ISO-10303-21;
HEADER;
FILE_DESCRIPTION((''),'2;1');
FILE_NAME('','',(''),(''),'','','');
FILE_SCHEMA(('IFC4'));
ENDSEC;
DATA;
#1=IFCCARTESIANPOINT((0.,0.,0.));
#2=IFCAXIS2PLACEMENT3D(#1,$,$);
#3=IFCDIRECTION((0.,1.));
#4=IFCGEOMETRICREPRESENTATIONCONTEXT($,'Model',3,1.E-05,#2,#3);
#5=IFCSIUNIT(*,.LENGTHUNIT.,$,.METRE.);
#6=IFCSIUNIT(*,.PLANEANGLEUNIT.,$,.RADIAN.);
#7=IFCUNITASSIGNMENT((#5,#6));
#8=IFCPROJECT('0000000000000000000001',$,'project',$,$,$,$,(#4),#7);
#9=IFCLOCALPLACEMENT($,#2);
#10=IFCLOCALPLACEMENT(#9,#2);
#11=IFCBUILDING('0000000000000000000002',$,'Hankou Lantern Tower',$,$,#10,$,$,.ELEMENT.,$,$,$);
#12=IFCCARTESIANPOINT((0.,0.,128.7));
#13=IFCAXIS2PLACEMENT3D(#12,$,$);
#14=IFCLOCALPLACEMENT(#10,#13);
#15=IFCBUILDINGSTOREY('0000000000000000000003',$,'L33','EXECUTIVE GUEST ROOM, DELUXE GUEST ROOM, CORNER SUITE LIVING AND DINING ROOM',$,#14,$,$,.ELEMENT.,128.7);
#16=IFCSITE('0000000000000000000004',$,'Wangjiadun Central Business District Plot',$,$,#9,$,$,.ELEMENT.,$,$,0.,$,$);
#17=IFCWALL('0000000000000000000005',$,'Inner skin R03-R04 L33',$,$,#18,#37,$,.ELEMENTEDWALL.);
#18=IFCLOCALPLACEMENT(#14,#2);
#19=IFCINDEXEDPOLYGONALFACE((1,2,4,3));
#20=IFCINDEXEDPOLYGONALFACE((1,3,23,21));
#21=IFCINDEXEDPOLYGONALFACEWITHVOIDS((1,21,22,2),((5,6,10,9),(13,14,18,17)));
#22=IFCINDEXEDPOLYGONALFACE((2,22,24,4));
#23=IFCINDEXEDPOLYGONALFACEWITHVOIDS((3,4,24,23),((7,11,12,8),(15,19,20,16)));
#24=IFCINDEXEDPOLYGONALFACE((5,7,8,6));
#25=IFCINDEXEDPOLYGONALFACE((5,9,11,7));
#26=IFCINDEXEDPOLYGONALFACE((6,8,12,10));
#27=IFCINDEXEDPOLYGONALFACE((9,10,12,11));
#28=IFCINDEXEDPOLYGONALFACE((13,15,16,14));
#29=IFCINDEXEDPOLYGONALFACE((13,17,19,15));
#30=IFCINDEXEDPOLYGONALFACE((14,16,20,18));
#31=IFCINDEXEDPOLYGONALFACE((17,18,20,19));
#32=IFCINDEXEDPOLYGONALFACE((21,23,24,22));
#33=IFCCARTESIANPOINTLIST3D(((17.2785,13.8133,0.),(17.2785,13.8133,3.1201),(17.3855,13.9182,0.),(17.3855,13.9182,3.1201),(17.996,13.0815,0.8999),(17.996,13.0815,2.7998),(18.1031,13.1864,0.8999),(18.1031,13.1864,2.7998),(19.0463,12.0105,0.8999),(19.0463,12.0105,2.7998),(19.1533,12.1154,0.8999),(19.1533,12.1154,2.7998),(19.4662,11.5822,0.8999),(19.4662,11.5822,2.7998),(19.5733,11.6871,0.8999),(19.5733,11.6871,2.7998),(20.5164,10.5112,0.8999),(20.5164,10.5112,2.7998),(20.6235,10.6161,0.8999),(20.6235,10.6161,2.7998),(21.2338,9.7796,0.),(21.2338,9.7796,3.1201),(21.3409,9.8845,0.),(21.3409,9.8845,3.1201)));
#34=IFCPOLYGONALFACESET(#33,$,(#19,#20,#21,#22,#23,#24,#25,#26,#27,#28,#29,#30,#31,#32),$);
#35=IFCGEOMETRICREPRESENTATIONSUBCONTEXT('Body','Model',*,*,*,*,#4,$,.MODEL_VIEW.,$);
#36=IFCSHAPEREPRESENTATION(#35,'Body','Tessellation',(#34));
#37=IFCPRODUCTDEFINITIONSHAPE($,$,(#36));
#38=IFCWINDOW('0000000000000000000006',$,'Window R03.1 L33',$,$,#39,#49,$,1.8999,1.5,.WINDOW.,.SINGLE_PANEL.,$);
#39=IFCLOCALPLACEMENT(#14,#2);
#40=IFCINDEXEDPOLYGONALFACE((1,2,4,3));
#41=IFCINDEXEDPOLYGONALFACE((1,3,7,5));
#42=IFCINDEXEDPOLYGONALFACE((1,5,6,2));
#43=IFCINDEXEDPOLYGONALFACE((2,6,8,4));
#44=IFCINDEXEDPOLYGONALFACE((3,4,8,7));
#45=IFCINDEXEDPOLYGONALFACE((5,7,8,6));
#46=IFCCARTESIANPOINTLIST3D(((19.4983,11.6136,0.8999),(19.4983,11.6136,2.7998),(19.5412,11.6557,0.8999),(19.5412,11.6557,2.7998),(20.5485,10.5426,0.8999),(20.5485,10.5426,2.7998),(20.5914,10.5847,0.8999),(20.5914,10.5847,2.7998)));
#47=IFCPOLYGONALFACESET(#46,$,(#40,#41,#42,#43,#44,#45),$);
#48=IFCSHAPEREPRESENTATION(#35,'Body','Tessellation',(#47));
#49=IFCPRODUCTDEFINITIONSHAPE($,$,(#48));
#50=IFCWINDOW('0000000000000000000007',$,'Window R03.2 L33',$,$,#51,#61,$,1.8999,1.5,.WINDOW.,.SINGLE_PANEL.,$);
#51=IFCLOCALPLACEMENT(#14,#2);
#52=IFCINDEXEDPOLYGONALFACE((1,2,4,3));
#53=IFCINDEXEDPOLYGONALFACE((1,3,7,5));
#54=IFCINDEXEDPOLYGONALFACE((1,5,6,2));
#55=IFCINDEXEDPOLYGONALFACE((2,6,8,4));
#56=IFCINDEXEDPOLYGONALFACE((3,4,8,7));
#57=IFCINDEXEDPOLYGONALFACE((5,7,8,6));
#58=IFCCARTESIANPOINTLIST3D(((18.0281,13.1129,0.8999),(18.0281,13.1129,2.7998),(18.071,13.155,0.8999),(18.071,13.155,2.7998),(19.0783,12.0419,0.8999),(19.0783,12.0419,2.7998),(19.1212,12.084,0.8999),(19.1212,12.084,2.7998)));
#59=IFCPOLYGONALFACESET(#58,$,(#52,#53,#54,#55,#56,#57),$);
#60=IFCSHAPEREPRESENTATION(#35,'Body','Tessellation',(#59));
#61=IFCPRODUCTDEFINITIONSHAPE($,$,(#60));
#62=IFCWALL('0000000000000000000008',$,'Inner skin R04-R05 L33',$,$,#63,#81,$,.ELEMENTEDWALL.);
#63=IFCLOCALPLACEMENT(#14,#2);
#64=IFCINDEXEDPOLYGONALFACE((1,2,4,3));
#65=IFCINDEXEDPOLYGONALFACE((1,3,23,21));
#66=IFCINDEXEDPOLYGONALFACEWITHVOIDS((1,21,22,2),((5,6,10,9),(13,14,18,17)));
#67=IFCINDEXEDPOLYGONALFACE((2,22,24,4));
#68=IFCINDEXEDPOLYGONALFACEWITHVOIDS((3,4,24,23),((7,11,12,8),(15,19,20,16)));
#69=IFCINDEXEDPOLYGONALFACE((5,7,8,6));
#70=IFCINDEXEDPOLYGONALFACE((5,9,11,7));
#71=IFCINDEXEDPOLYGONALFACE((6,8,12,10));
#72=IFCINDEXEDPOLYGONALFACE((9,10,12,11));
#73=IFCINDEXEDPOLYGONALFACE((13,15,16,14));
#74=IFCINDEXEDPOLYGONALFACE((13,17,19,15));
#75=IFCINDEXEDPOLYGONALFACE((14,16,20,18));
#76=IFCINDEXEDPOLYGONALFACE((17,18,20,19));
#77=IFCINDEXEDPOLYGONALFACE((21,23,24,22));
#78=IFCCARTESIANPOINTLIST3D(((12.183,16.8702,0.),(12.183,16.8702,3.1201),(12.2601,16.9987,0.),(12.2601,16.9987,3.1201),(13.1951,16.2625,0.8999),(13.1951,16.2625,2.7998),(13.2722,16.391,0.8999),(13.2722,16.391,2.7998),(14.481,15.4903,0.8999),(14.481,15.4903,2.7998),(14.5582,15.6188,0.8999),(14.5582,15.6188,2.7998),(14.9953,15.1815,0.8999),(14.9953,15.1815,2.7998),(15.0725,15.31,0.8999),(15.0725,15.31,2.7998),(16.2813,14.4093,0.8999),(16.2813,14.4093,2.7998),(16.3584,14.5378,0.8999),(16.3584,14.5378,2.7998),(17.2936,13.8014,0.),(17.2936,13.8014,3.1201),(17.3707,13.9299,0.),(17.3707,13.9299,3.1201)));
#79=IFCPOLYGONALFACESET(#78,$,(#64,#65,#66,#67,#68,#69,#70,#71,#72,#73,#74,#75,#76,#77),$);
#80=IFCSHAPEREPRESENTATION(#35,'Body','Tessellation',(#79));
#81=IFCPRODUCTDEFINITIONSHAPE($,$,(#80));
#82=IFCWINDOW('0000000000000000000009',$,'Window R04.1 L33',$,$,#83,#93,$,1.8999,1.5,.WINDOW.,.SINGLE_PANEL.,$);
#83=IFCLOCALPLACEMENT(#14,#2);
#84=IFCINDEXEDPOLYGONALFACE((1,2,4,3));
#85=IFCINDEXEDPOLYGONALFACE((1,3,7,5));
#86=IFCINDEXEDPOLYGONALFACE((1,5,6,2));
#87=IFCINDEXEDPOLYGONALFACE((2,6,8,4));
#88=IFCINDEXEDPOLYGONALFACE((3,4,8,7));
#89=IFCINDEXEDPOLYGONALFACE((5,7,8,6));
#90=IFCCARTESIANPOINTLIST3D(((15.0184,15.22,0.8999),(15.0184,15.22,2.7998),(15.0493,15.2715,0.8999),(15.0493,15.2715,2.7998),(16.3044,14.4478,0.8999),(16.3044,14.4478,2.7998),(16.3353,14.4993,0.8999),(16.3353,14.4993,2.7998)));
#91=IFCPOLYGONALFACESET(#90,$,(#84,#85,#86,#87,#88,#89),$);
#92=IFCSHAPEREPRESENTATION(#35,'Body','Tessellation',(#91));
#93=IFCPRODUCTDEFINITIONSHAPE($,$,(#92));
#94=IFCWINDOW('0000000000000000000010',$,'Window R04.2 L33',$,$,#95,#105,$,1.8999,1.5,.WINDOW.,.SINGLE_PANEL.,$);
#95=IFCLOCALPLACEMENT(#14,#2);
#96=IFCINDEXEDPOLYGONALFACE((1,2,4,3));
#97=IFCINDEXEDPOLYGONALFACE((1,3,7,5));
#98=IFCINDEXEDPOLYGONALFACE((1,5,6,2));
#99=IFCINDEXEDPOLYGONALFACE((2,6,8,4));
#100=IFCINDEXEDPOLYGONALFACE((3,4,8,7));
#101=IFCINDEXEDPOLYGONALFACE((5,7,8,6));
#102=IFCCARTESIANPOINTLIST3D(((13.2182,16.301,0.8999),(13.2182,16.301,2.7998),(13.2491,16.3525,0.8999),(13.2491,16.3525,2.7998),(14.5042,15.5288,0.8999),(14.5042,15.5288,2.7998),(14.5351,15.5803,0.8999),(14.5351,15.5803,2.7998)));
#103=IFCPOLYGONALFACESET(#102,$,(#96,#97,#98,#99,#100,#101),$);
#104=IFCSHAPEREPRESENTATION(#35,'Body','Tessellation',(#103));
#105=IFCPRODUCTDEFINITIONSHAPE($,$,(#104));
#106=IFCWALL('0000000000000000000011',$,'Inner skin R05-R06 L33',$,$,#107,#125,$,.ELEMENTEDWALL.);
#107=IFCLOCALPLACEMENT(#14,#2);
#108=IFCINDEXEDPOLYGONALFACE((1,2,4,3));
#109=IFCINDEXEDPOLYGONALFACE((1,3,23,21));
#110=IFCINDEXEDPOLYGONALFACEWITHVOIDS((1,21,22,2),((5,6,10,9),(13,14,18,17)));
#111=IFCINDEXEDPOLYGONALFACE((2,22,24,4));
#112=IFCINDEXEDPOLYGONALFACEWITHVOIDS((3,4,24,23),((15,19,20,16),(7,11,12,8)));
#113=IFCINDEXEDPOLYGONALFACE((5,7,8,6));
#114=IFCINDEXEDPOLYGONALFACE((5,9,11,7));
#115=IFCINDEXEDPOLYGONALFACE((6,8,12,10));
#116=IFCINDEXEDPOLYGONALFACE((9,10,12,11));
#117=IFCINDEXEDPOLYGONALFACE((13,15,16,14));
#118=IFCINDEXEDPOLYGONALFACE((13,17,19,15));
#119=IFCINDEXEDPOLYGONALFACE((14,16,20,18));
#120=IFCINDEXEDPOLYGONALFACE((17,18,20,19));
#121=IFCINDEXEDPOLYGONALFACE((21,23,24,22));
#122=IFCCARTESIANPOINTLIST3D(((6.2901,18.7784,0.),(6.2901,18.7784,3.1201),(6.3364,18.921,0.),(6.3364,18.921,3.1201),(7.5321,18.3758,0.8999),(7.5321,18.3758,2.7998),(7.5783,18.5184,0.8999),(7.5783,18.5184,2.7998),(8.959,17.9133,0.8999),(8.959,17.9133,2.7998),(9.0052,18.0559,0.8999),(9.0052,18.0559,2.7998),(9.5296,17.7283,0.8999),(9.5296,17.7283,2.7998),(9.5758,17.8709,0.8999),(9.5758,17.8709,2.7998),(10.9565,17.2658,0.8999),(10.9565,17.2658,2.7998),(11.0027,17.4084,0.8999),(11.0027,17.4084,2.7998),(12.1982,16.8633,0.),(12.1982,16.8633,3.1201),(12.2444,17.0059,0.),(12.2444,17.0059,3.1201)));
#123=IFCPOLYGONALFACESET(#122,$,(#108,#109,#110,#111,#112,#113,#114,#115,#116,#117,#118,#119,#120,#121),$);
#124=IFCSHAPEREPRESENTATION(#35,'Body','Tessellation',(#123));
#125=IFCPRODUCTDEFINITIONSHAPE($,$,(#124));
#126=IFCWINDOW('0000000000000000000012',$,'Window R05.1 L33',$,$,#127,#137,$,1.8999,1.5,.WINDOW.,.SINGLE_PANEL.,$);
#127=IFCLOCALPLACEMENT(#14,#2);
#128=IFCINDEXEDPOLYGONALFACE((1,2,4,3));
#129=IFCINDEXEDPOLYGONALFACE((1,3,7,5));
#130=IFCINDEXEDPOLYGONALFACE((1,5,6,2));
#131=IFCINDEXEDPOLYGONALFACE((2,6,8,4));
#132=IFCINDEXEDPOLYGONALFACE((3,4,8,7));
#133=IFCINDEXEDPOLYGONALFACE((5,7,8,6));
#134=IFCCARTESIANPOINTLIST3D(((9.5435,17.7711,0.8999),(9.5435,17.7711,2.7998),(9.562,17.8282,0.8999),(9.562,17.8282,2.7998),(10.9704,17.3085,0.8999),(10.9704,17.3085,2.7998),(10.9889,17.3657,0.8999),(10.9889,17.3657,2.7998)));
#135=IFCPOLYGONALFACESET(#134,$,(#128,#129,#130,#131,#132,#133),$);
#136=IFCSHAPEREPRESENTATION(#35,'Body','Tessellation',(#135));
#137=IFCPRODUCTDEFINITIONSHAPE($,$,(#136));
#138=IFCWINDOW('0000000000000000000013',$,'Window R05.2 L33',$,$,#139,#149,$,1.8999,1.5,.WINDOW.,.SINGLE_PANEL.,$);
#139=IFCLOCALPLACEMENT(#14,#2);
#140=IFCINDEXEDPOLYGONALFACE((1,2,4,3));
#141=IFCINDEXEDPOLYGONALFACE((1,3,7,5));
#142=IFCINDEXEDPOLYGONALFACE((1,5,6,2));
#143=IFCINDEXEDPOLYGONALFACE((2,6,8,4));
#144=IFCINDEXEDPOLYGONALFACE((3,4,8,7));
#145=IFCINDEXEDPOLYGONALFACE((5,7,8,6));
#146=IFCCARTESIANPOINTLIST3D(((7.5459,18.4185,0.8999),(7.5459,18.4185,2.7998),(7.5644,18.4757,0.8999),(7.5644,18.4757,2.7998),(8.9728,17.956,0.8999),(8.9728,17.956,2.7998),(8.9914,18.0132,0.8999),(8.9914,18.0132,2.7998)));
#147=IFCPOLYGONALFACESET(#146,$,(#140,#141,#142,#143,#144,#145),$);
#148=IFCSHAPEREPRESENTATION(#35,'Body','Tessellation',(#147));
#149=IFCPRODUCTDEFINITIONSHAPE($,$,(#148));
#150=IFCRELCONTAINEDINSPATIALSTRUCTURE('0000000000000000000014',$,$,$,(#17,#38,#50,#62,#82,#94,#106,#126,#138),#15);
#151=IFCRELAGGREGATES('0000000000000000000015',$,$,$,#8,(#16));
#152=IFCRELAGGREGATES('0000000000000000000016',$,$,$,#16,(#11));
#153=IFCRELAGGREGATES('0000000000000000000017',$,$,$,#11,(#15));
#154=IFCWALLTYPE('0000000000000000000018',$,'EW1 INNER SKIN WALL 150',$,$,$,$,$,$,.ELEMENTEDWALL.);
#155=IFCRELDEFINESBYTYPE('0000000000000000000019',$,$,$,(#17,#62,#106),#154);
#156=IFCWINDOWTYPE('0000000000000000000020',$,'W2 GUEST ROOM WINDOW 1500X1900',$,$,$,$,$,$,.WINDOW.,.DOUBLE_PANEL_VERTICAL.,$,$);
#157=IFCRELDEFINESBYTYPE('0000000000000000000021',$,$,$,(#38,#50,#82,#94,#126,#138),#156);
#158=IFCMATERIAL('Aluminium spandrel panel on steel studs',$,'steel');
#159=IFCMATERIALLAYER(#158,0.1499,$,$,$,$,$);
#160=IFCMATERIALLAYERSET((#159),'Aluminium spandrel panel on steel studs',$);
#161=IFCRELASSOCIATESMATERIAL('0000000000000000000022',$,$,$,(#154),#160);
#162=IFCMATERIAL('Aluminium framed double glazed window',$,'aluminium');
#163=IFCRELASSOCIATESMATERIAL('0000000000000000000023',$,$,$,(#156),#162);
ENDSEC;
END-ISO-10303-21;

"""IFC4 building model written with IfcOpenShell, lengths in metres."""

from ifc_helpers import new_model, si_unit, direction, frame, frame_2d, origin, place, context, subcontext, project, spatial, rectangle, extrude, material, layer, layer_set, type_object, element, fill, save


model = new_model("IFC4")

# Units and contexts
model_context = context("Model", 3, precision=1e-05, world=origin(), true_north=direction((0.0, 1.0)))
body_context = subcontext(model_context, "Body", "Model", "MODEL_VIEW")
ifc_project = project(units=[si_unit("LENGTHUNIT", "METRE"), si_unit("PLANEANGLEUNIT", "RADIAN")], contexts=[model_context])

# Site, building, storey
site_placement = place(None, origin())
site = spatial("IfcSite", under=ifc_project, at=site_placement, Name="Wangjiadun Central Business District Plot", CompositionType="ELEMENT", RefElevation=0.0)
building_placement = place(site_placement, origin())
building = spatial("IfcBuilding", under=site, at=building_placement, Name="Hankou Lantern Tower", CompositionType="ELEMENT")
storey_placement = place(building_placement, frame((0.0, 0.0, 128.7)))
storey = spatial("IfcBuildingStorey", under=building, at=storey_placement, Name="L33", Description="EXECUTIVE GUEST ROOM, DELUXE GUEST ROOM, CORNER SUITE LIVING AND DINING ROOM", CompositionType="ELEMENT", Elevation=128.7)

# Walls, openings, windows
ifc_material_1 = material(Name="Aluminium spandrel panel on steel studs", Category="steel")
ifc_layer_1 = layer(ifc_material_1, 0.1499)
ifc_layer_set_1 = layer_set([ifc_layer_1], Name="Aluminium spandrel panel on steel studs")
wall_type_1 = type_object("IfcWallType", Name="EW1 INNER SKIN WALL 150", PredefinedType="ELEMENTEDWALL", material=ifc_layer_set_1)
wall_1_placement = place(storey_placement, frame((21.2874, 9.832, 0.0), z_axis=(0.0, 0.0, 1.0), x_axis=(-0.700137, 0.714009, 0.0)))
wall_1 = element("IfcWall", 1, at=wall_1_placement, inside=storey, type_object=wall_type_1, Name="Inner skin R03-R04 L33", PredefinedType="ELEMENTEDWALL", context=body_context, shape_type="SweptSolid", body=[
    extrude(rectangle(XDim=5.6494, YDim=0.1499, at=frame_2d((2.8247, 0.0))), origin(), (0.0, 0.0, 1.0), 3.1201),
])
opening_1_placement = place(wall_1_placement, frame((1.0247, 0.0, 0.8999)))
opening_1 = element("IfcOpeningElement", 2, at=opening_1_placement, cuts=wall_1, PredefinedType="OPENING", context=body_context, shape_type="SweptSolid", body=[
    extrude(rectangle(XDim=1.5, YDim=1.8999, at=frame_2d((0.75, 0.95))), frame((0.0, 0.085, 0.0), z_axis=(0.0, -1.0, 0.0), x_axis=(1.0, 0.0, 0.0)), (0.0, 0.0, 1.0), 0.1699),
])
opening_2_placement = place(wall_1_placement, frame((3.1245, 0.0, 0.8999)))
opening_2 = element("IfcOpeningElement", 3, at=opening_2_placement, cuts=wall_1, PredefinedType="OPENING", context=body_context, shape_type="SweptSolid", body=[
    extrude(rectangle(XDim=1.5, YDim=1.8999, at=frame_2d((0.75, 0.95))), frame((0.0, 0.085, 0.0), z_axis=(0.0, -1.0, 0.0), x_axis=(1.0, 0.0, 0.0)), (0.0, 0.0, 1.0), 0.1699),
])
ifc_material_2 = material(Name="Aluminium framed double glazed window", Category="aluminium")
window_type = type_object("IfcWindowType", Name="W2 GUEST ROOM WINDOW 1500X1900", PartitioningType="DOUBLE_PANEL_VERTICAL", PredefinedType="WINDOW", material=ifc_material_2)
window_1_placement = place(opening_1_placement, origin())
window_1 = element("IfcWindow", 4, at=window_1_placement, inside=storey, type_object=window_type, Name="Window R03.1 L33", OverallHeight=1.8999, OverallWidth=1.5, PartitioningType="SINGLE_PANEL", PredefinedType="WINDOW", context=body_context, shape_type="SweptSolid", body=[
    extrude(rectangle(XDim=1.5, YDim=1.8999, at=frame_2d((0.75, 0.95))), frame((0.0, 0.03, 0.0), z_axis=(0.0, -1.0, 0.0), x_axis=(1.0, 0.0, 0.0)), (0.0, 0.0, 1.0), 0.0601),
])
fill(opening_1, window_1)
window_2_placement = place(opening_2_placement, origin())
window_2 = element("IfcWindow", 5, at=window_2_placement, inside=storey, type_object=window_type, Name="Window R03.2 L33", OverallHeight=1.8999, OverallWidth=1.5, PartitioningType="SINGLE_PANEL", PredefinedType="WINDOW", context=body_context, shape_type="SweptSolid", body=[
    extrude(rectangle(XDim=1.5, YDim=1.8999, at=frame_2d((0.75, 0.95))), frame((0.0, 0.03, 0.0), z_axis=(0.0, -1.0, 0.0), x_axis=(1.0, 0.0, 0.0)), (0.0, 0.0, 1.0), 0.0601),
])
fill(opening_2, window_2)
wall_2_placement = place(storey_placement, frame((17.332, 13.8657, 0.0), z_axis=(0.0, 0.0, 1.0), x_axis=(-0.857309, 0.514803, 0.0)))
wall_2 = element("IfcWall", 6, at=wall_2_placement, inside=storey, type_object=wall_type_1, Name="Inner skin R04-R05 L33", PredefinedType="ELEMENTEDWALL", context=body_context, shape_type="SweptSolid", body=[
    extrude(rectangle(XDim=5.9612, YDim=0.1499, at=frame_2d((2.9805, 0.0))), origin(), (0.0, 0.0, 1.0), 3.1201),
])
opening_3_placement = place(wall_2_placement, frame((1.1807, 0.0, 0.8999)))
opening_3 = element("IfcOpeningElement", 7, at=opening_3_placement, cuts=wall_2, PredefinedType="OPENING", context=body_context, shape_type="SweptSolid", body=[
    extrude(rectangle(XDim=1.5, YDim=1.8999, at=frame_2d((0.75, 0.95))), frame((0.0, 0.085, 0.0), z_axis=(0.0, -1.0, 0.0), x_axis=(1.0, 0.0, 0.0)), (0.0, 0.0, 1.0), 0.1699),
])
opening_4_placement = place(wall_2_placement, frame((3.2805, 0.0, 0.8999)))
opening_4 = element("IfcOpeningElement", 8, at=opening_4_placement, cuts=wall_2, PredefinedType="OPENING", context=body_context, shape_type="SweptSolid", body=[
    extrude(rectangle(XDim=1.5, YDim=1.8999, at=frame_2d((0.75, 0.95))), frame((0.0, 0.085, 0.0), z_axis=(0.0, -1.0, 0.0), x_axis=(1.0, 0.0, 0.0)), (0.0, 0.0, 1.0), 0.1699),
])
window_3_placement = place(opening_3_placement, origin())
window_3 = element("IfcWindow", 9, at=window_3_placement, inside=storey, type_object=window_type, Name="Window R04.1 L33", OverallHeight=1.8999, OverallWidth=1.5, PartitioningType="SINGLE_PANEL", PredefinedType="WINDOW", context=body_context, shape_type="SweptSolid", body=[
    extrude(rectangle(XDim=1.5, YDim=1.8999, at=frame_2d((0.75, 0.95))), frame((0.0, 0.03, 0.0), z_axis=(0.0, -1.0, 0.0), x_axis=(1.0, 0.0, 0.0)), (0.0, 0.0, 1.0), 0.0601),
])
fill(opening_3, window_3)
window_4_placement = place(opening_4_placement, origin())
window_4 = element("IfcWindow", 10, at=window_4_placement, inside=storey, type_object=window_type, Name="Window R04.2 L33", OverallHeight=1.8999, OverallWidth=1.5, PartitioningType="SINGLE_PANEL", PredefinedType="WINDOW", context=body_context, shape_type="SweptSolid", body=[
    extrude(rectangle(XDim=1.5, YDim=1.8999, at=frame_2d((0.75, 0.95))), frame((0.0, 0.03, 0.0), z_axis=(0.0, -1.0, 0.0), x_axis=(1.0, 0.0, 0.0)), (0.0, 0.0, 1.0), 0.0601),
])
fill(opening_4, window_4)
wall_3_placement = place(storey_placement, frame((12.2214, 16.9346, 0.0), z_axis=(0.0, 0.0, 1.0), x_axis=(-0.951273, 0.308351, 0.0)))
wall_3 = element("IfcWall", 11, at=wall_3_placement, inside=storey, type_object=wall_type_1, Name="Inner skin R05-R06 L33", PredefinedType="ELEMENTEDWALL", context=body_context, shape_type="SweptSolid", body=[
    extrude(rectangle(XDim=6.2107, YDim=0.1499, at=frame_2d((3.1055, 0.0))), origin(), (0.0, 0.0, 1.0), 3.1201),
])
opening_5_placement = place(wall_3_placement, frame((1.3054, 0.0, 0.8999)))
opening_5 = element("IfcOpeningElement", 12, at=opening_5_placement, cuts=wall_3, PredefinedType="OPENING", context=body_context, shape_type="SweptSolid", body=[
    extrude(rectangle(XDim=1.5, YDim=1.8999, at=frame_2d((0.75, 0.95))), frame((0.0, 0.085, 0.0), z_axis=(0.0, -1.0, 0.0), x_axis=(1.0, 0.0, 0.0)), (0.0, 0.0, 1.0), 0.1699),
])
opening_6_placement = place(wall_3_placement, frame((3.4053, 0.0, 0.8999)))
opening_6 = element("IfcOpeningElement", 13, at=opening_6_placement, cuts=wall_3, PredefinedType="OPENING", context=body_context, shape_type="SweptSolid", body=[
    extrude(rectangle(XDim=1.5, YDim=1.8999, at=frame_2d((0.75, 0.95))), frame((0.0, 0.085, 0.0), z_axis=(0.0, -1.0, 0.0), x_axis=(1.0, 0.0, 0.0)), (0.0, 0.0, 1.0), 0.1699),
])
window_5_placement = place(opening_5_placement, origin())
window_5 = element("IfcWindow", 14, at=window_5_placement, inside=storey, type_object=window_type, Name="Window R05.1 L33", OverallHeight=1.8999, OverallWidth=1.5, PartitioningType="SINGLE_PANEL", PredefinedType="WINDOW", context=body_context, shape_type="SweptSolid", body=[
    extrude(rectangle(XDim=1.5, YDim=1.8999, at=frame_2d((0.75, 0.95))), frame((0.0, 0.03, 0.0), z_axis=(0.0, -1.0, 0.0), x_axis=(1.0, 0.0, 0.0)), (0.0, 0.0, 1.0), 0.0601),
])
fill(opening_5, window_5)
window_6_placement = place(opening_6_placement, origin())
window_6 = element("IfcWindow", 15, at=window_6_placement, inside=storey, type_object=window_type, Name="Window R05.2 L33", OverallHeight=1.8999, OverallWidth=1.5, PartitioningType="SINGLE_PANEL", PredefinedType="WINDOW", context=body_context, shape_type="SweptSolid", body=[
    extrude(rectangle(XDim=1.5, YDim=1.8999, at=frame_2d((0.75, 0.95))), frame((0.0, 0.03, 0.0), z_axis=(0.0, -1.0, 0.0), x_axis=(1.0, 0.0, 0.0)), (0.0, 0.0, 1.0), 0.0601),
])
fill(opening_6, window_6)

save(model, "model.ifc")
